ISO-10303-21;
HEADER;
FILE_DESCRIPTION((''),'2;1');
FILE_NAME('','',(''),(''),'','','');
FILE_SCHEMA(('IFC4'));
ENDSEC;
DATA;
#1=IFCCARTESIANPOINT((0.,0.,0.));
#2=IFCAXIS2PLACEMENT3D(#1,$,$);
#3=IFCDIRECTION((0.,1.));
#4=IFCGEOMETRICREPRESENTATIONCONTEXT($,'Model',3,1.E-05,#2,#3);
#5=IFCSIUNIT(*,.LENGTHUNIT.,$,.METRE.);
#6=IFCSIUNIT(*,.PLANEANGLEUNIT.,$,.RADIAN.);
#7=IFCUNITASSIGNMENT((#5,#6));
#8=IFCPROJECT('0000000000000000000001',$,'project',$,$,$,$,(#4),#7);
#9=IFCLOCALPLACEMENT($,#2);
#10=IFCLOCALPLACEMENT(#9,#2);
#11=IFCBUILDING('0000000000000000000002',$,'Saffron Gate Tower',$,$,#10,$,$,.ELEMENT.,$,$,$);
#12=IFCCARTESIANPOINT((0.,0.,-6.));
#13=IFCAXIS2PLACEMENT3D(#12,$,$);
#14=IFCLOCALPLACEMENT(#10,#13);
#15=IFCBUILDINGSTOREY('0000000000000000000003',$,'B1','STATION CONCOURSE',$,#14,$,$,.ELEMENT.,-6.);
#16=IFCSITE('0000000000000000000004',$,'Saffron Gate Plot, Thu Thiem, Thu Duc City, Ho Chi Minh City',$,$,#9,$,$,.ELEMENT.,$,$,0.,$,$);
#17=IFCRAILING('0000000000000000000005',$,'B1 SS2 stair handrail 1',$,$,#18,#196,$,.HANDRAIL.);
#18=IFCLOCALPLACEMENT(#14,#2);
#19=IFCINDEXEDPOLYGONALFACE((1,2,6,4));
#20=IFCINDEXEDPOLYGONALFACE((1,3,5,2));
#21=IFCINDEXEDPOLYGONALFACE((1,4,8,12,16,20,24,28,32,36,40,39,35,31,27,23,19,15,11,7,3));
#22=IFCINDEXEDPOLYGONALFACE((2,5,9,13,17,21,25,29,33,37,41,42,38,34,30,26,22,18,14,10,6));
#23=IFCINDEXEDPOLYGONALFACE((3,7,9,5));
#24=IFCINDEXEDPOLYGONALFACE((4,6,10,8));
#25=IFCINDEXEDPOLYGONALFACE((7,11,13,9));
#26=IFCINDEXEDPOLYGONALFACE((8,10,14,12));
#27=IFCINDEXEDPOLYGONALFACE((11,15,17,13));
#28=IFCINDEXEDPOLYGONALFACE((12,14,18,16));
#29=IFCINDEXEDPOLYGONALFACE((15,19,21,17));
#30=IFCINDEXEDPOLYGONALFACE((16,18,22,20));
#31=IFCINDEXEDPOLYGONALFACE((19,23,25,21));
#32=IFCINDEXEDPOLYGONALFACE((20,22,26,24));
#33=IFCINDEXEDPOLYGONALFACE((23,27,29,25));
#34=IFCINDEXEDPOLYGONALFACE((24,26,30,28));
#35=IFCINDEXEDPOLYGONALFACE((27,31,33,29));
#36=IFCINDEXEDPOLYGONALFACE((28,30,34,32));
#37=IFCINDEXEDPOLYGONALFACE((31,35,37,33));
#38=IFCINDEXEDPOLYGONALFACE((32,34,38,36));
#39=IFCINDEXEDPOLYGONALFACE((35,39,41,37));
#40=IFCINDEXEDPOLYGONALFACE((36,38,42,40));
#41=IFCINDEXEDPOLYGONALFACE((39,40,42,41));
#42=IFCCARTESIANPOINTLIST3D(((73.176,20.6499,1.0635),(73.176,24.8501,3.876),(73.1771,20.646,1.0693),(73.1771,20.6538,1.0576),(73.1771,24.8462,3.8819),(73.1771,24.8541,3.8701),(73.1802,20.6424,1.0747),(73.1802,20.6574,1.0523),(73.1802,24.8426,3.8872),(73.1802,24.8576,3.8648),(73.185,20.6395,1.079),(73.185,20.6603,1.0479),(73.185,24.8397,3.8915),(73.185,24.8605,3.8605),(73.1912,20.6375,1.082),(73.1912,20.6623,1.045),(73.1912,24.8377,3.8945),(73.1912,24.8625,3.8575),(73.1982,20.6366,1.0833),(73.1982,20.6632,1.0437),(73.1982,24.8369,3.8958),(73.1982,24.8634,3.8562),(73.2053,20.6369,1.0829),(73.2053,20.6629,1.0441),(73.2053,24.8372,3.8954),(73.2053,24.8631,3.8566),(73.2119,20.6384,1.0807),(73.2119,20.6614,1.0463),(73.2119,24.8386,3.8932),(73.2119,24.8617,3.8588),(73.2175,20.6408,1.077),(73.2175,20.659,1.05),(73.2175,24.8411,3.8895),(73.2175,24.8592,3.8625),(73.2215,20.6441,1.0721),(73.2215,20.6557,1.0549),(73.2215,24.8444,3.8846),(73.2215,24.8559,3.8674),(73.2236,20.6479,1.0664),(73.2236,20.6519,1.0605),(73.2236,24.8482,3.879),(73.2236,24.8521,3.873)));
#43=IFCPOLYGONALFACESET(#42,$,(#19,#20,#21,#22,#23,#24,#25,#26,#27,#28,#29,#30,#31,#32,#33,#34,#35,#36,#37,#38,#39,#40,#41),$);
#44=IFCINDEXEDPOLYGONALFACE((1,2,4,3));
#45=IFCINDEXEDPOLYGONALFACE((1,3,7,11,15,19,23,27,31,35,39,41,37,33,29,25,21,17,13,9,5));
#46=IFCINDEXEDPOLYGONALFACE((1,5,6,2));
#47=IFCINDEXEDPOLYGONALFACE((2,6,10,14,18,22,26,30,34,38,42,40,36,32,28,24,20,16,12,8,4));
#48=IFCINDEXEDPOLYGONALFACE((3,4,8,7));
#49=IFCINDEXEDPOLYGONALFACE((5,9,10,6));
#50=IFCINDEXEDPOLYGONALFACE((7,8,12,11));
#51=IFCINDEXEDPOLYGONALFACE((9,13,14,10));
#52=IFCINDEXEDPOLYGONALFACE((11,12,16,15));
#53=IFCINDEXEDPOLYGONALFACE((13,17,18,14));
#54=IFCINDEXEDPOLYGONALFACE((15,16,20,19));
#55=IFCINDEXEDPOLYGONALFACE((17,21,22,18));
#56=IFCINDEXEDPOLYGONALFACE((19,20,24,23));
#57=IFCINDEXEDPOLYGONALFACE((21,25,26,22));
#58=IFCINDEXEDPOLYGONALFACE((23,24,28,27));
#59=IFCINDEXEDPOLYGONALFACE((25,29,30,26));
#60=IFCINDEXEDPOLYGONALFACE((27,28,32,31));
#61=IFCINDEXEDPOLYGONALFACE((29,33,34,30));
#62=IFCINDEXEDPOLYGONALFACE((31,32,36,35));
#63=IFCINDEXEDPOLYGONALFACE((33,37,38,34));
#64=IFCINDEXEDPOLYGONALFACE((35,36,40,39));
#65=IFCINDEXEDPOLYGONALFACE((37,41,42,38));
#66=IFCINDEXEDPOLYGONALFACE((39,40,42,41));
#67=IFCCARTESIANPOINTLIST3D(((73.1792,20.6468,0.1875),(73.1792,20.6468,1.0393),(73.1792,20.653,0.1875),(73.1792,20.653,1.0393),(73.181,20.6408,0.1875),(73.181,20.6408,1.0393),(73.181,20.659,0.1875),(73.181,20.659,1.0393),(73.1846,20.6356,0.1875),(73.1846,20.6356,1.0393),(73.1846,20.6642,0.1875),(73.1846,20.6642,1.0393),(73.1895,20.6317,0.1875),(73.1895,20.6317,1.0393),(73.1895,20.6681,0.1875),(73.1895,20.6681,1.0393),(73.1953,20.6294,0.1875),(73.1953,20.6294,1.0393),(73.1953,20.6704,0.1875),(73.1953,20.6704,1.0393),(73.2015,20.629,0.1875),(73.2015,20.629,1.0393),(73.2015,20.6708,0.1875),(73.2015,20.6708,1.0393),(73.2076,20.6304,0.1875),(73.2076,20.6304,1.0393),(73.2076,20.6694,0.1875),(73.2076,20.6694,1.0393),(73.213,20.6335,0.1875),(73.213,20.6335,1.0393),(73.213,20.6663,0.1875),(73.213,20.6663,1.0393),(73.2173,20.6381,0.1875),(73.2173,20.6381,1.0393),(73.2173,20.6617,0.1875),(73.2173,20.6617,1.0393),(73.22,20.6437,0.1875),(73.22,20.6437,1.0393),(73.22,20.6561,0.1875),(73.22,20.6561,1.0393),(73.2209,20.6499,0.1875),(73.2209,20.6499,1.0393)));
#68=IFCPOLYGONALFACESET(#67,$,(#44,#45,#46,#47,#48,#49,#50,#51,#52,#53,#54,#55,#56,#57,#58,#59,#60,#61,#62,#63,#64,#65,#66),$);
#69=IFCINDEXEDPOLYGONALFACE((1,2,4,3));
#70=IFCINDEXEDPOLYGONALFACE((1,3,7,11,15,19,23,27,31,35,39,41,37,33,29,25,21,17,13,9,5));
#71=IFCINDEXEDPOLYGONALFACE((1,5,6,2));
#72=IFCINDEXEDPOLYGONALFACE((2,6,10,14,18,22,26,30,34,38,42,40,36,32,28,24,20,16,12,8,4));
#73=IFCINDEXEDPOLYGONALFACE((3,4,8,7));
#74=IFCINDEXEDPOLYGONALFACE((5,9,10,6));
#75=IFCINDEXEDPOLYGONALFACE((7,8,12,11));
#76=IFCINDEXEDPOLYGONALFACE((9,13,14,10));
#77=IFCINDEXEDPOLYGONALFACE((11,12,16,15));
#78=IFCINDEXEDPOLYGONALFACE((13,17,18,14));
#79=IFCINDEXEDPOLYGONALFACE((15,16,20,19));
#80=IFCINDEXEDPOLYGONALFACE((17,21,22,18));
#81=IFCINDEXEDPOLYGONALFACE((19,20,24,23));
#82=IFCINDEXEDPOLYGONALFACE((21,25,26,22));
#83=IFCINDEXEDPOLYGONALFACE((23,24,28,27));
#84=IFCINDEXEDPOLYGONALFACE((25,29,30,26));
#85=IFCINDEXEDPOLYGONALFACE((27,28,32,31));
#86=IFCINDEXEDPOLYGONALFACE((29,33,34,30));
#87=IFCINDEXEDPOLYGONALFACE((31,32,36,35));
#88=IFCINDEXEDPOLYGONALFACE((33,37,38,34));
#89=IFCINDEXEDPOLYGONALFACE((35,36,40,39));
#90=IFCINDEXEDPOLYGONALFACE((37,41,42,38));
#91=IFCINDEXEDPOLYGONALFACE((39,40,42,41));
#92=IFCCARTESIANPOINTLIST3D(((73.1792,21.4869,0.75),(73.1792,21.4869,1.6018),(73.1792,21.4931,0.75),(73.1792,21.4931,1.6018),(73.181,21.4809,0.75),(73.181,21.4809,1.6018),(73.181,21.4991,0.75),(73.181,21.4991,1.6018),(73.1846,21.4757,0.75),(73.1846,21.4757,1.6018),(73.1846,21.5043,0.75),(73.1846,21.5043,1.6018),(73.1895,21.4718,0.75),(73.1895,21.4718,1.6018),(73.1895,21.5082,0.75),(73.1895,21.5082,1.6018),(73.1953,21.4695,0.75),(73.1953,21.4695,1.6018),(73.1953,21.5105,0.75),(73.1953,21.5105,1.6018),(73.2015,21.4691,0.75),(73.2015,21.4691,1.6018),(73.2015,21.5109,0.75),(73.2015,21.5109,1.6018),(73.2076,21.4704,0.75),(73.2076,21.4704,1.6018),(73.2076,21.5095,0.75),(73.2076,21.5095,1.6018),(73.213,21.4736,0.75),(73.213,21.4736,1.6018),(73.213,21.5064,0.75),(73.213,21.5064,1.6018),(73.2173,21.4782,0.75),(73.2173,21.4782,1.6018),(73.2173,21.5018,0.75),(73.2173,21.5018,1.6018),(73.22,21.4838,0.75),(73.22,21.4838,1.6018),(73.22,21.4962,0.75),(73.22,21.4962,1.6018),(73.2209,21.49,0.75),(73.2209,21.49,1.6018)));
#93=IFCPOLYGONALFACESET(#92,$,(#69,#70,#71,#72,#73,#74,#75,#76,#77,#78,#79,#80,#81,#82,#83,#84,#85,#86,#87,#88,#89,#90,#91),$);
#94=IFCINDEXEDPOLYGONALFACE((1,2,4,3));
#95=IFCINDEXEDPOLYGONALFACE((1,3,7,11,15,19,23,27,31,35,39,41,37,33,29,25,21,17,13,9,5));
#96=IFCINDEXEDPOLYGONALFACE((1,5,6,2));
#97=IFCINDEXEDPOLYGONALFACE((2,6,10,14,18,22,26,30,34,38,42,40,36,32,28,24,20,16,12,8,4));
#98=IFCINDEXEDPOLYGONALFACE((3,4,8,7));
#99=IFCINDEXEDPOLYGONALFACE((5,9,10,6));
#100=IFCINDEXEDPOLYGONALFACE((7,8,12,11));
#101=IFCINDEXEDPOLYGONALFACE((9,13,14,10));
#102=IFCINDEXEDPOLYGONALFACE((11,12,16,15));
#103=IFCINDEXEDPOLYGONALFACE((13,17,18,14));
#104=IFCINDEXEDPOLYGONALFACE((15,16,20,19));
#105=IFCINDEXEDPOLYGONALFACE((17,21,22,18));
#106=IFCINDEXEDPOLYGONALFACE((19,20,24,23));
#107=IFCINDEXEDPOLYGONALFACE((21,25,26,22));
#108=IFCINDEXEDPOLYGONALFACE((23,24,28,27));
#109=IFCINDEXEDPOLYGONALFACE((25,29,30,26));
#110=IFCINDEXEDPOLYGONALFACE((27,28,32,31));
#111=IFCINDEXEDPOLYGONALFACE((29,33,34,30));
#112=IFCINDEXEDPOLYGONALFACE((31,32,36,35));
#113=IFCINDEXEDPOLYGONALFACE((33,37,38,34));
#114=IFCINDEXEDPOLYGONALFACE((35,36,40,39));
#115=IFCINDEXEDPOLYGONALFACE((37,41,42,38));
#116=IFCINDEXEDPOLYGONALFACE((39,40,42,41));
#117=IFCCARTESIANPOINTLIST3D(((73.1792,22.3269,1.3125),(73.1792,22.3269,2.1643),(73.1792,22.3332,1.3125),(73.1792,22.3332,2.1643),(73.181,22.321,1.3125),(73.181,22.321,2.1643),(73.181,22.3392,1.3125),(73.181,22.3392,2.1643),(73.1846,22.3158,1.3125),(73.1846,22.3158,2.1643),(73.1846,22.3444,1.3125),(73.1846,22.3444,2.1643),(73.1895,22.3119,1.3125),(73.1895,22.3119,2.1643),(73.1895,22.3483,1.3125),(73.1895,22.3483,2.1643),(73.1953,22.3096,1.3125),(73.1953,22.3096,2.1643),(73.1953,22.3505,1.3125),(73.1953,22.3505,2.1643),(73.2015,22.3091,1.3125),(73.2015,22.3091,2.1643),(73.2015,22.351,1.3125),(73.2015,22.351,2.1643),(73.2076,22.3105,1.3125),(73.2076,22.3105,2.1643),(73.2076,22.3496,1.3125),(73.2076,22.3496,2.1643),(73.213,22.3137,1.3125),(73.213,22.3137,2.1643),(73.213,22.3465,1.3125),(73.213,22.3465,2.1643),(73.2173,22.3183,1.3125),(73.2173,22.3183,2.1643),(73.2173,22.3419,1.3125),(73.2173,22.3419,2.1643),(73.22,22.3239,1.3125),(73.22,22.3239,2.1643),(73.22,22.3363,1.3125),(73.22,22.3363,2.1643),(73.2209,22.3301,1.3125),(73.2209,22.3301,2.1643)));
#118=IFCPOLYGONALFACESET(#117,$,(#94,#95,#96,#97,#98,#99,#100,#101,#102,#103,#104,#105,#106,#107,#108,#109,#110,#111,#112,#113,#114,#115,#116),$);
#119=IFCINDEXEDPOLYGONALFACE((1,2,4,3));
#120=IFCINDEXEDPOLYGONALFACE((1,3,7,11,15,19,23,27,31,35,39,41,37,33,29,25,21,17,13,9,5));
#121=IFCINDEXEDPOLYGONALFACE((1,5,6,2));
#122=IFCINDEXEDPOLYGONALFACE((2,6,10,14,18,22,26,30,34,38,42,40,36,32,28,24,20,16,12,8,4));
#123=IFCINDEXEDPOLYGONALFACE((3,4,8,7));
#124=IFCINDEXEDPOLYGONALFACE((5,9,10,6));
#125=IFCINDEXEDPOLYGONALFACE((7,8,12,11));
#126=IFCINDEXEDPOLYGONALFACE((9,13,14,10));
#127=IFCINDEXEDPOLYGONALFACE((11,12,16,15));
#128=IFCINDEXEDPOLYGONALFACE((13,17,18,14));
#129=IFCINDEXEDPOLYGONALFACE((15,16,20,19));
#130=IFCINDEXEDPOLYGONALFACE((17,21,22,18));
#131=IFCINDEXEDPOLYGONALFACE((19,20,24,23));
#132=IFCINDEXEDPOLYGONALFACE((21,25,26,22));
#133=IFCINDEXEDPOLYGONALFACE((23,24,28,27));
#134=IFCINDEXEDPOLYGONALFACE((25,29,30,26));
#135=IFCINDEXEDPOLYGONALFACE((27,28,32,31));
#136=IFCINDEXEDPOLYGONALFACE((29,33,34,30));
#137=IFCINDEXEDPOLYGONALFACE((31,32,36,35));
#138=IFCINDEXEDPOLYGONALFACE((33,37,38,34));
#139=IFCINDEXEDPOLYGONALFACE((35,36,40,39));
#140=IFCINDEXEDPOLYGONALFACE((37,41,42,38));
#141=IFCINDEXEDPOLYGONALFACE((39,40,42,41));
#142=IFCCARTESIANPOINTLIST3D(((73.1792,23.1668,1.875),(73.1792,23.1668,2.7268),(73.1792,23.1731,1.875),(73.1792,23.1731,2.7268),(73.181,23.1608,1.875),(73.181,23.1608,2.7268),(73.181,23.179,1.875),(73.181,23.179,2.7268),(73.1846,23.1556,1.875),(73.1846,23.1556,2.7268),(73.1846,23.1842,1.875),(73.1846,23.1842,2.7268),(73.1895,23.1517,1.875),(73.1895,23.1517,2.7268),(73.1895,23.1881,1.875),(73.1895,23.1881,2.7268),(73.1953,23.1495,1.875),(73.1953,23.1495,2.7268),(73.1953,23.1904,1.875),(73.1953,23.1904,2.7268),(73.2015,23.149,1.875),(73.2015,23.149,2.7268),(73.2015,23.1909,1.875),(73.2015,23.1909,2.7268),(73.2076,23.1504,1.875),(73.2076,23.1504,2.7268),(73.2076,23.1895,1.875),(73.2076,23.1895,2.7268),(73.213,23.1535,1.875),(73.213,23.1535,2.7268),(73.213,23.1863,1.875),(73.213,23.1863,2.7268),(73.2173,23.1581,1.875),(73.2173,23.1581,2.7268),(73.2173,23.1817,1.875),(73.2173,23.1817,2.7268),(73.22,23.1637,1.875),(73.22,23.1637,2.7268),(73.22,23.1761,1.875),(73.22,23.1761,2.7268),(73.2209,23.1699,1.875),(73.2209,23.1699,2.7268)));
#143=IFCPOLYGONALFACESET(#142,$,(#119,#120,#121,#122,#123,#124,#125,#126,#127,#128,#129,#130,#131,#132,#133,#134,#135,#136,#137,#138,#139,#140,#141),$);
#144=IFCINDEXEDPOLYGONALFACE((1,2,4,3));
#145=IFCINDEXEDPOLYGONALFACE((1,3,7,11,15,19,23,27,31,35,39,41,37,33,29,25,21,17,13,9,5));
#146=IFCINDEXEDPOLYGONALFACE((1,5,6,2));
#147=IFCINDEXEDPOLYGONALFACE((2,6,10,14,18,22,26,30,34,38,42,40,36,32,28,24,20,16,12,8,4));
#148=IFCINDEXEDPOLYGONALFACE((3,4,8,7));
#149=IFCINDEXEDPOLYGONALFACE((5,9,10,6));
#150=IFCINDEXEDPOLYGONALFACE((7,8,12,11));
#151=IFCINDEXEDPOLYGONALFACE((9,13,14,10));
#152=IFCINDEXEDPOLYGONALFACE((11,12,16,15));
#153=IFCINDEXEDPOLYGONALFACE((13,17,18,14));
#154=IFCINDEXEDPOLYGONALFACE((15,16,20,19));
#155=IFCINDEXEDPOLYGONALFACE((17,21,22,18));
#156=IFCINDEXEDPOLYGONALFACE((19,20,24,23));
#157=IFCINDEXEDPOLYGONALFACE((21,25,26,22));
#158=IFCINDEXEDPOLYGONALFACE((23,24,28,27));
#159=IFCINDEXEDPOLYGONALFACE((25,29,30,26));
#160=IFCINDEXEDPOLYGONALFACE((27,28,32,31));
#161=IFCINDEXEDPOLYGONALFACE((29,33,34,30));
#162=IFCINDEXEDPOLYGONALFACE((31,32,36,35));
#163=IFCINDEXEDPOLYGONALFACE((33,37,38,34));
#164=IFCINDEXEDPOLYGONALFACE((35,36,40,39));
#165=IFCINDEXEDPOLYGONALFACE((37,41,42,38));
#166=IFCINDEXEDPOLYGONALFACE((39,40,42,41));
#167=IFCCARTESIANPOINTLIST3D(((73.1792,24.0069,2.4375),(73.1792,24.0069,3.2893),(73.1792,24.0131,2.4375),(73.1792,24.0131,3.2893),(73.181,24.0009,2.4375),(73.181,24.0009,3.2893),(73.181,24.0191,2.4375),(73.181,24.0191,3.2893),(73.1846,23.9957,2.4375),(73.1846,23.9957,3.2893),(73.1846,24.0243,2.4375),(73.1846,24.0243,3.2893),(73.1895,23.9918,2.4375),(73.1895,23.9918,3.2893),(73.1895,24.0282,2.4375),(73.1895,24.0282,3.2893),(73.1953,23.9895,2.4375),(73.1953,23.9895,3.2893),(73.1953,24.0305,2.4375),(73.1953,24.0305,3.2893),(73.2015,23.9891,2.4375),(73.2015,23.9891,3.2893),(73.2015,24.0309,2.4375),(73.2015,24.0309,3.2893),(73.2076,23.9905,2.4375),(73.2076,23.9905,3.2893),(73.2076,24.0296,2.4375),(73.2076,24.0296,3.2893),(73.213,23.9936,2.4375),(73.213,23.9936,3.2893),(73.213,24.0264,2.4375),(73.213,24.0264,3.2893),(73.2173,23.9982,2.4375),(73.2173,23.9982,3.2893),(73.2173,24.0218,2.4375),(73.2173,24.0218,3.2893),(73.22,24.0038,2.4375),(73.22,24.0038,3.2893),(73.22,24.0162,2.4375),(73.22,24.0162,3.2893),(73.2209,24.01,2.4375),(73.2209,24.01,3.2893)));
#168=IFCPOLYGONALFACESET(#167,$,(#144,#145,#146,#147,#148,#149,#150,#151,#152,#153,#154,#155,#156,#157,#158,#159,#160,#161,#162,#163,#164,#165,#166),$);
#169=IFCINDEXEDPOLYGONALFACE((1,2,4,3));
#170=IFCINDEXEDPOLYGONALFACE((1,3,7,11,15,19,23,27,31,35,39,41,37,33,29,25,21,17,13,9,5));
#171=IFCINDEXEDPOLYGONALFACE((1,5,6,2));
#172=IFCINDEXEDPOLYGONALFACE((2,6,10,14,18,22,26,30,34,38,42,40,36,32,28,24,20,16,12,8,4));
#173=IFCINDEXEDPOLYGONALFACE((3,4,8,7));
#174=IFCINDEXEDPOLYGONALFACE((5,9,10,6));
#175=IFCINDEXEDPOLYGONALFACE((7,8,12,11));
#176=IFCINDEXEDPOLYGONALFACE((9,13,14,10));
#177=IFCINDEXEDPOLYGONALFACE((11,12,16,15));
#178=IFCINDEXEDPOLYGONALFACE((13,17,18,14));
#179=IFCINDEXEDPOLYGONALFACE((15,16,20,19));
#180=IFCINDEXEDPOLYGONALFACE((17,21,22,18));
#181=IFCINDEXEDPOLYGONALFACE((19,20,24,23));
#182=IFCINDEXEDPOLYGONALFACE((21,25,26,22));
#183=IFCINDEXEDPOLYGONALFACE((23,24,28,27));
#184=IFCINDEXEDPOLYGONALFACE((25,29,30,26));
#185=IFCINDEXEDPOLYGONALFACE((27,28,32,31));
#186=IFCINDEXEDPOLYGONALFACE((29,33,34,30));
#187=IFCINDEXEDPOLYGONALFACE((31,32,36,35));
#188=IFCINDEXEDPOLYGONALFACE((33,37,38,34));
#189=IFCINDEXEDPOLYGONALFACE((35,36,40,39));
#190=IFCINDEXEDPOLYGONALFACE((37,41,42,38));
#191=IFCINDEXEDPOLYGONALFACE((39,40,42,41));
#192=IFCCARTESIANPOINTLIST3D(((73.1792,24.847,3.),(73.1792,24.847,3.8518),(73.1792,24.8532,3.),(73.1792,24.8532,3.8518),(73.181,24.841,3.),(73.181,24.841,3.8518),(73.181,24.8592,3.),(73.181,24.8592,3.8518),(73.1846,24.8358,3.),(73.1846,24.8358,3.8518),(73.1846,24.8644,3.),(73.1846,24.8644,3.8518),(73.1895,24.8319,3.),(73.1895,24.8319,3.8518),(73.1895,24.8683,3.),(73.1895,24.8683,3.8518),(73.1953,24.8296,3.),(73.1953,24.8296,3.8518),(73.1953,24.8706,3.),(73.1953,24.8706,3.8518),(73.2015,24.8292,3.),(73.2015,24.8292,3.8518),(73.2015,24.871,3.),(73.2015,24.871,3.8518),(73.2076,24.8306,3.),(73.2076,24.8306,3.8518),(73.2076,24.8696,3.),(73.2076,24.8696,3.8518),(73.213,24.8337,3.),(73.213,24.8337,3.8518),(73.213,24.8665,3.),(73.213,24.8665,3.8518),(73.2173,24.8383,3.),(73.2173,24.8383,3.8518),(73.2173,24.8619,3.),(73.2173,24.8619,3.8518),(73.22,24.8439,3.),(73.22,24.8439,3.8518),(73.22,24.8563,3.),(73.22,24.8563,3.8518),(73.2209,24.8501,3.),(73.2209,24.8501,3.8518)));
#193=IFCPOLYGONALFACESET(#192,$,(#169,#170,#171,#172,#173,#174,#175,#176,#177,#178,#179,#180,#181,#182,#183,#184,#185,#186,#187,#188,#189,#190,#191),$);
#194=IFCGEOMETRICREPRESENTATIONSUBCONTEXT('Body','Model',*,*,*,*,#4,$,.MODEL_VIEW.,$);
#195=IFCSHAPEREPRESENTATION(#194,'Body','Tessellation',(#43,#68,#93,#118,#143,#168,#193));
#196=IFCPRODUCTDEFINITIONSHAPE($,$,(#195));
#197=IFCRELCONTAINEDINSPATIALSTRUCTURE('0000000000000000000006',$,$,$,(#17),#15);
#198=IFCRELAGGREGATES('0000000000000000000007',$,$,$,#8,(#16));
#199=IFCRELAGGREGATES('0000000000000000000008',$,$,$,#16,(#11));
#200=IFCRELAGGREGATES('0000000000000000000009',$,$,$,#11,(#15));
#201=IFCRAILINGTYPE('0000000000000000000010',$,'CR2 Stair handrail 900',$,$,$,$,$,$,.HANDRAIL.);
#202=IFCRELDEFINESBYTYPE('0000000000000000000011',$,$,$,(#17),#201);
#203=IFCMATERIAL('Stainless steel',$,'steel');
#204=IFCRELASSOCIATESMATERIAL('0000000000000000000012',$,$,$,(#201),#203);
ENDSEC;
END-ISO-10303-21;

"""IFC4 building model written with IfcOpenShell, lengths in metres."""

from ifc_helpers import new_model, si_unit, direction, frame, origin, origin_2d, place, context, subcontext, project, spatial, circle, extrude, material, type_object, element, save


model = new_model("IFC4")

# Units and contexts
model_context = context("Model", 3, precision=1e-05, world=origin(), true_north=direction((0.0, 1.0)))
body_context = subcontext(model_context, "Body", "Model", "MODEL_VIEW")
ifc_project = project(units=[si_unit("LENGTHUNIT", "METRE"), si_unit("PLANEANGLEUNIT", "RADIAN")], contexts=[model_context])

# Site, building, storey
site_placement = place(None, origin())
site = spatial("IfcSite", under=ifc_project, at=site_placement, Name="Saffron Gate Plot, Thu Thiem, Thu Duc City, Ho Chi Minh City", CompositionType="ELEMENT", RefElevation=0.0)
building_placement = place(site_placement, origin())
building = spatial("IfcBuilding", under=site, at=building_placement, Name="Saffron Gate Tower", CompositionType="ELEMENT")
storey_placement = place(building_placement, frame((0.0, 0.0, -6.0)))
storey = spatial("IfcBuildingStorey", under=building, at=storey_placement, Name="B1", Description="STATION CONCOURSE", CompositionType="ELEMENT", Elevation=-6.0)

# Railing
ifc_material_1 = material(Name="Stainless steel", Category="steel")
railing_type_1 = type_object("IfcRailingType", Name="CR2 Stair handrail 900", PredefinedType="HANDRAIL", material=ifc_material_1)
railing_1_placement = place(storey_placement, frame((73.2, 20.6499, 0.1875)))
element("IfcRailing", 1, at=railing_1_placement, inside=storey, type_object=railing_type_1, Name="B1 SS2 stair handrail 1", PredefinedType="HANDRAIL", context=body_context, shape_type="SweptSolid", body=[
    extrude(circle(Radius=0.0239, at=origin_2d()), frame((0.0, 0.0, 0.876), z_axis=(0.0, 0.830919, 0.556393), x_axis=(-1.0, 0.0, 0.0)), (0.0, 0.0, 1.0), 5.0549),
    extrude(circle(Radius=0.021, at=origin_2d()), origin(), (0.0, 0.0, 1.0), 0.8518),
    extrude(circle(Radius=0.021, at=origin_2d()), frame((0.0, 0.8401, 0.5625)), (0.0, 0.0, 1.0), 0.8518),
    extrude(circle(Radius=0.021, at=origin_2d()), frame((0.0, 1.6802, 1.125)), (0.0, 0.0, 1.0), 0.8518),
    extrude(circle(Radius=0.021, at=origin_2d()), frame((0.0, 2.52, 1.6875)), (0.0, 0.0, 1.0), 0.8518),
    extrude(circle(Radius=0.021, at=origin_2d()), frame((0.0, 3.3601, 2.25)), (0.0, 0.0, 1.0), 0.8518),
    extrude(circle(Radius=0.021, at=origin_2d()), frame((0.0, 4.2002, 2.8125)), (0.0, 0.0, 1.0), 0.8518),
])

save(model, "model.ifc")
